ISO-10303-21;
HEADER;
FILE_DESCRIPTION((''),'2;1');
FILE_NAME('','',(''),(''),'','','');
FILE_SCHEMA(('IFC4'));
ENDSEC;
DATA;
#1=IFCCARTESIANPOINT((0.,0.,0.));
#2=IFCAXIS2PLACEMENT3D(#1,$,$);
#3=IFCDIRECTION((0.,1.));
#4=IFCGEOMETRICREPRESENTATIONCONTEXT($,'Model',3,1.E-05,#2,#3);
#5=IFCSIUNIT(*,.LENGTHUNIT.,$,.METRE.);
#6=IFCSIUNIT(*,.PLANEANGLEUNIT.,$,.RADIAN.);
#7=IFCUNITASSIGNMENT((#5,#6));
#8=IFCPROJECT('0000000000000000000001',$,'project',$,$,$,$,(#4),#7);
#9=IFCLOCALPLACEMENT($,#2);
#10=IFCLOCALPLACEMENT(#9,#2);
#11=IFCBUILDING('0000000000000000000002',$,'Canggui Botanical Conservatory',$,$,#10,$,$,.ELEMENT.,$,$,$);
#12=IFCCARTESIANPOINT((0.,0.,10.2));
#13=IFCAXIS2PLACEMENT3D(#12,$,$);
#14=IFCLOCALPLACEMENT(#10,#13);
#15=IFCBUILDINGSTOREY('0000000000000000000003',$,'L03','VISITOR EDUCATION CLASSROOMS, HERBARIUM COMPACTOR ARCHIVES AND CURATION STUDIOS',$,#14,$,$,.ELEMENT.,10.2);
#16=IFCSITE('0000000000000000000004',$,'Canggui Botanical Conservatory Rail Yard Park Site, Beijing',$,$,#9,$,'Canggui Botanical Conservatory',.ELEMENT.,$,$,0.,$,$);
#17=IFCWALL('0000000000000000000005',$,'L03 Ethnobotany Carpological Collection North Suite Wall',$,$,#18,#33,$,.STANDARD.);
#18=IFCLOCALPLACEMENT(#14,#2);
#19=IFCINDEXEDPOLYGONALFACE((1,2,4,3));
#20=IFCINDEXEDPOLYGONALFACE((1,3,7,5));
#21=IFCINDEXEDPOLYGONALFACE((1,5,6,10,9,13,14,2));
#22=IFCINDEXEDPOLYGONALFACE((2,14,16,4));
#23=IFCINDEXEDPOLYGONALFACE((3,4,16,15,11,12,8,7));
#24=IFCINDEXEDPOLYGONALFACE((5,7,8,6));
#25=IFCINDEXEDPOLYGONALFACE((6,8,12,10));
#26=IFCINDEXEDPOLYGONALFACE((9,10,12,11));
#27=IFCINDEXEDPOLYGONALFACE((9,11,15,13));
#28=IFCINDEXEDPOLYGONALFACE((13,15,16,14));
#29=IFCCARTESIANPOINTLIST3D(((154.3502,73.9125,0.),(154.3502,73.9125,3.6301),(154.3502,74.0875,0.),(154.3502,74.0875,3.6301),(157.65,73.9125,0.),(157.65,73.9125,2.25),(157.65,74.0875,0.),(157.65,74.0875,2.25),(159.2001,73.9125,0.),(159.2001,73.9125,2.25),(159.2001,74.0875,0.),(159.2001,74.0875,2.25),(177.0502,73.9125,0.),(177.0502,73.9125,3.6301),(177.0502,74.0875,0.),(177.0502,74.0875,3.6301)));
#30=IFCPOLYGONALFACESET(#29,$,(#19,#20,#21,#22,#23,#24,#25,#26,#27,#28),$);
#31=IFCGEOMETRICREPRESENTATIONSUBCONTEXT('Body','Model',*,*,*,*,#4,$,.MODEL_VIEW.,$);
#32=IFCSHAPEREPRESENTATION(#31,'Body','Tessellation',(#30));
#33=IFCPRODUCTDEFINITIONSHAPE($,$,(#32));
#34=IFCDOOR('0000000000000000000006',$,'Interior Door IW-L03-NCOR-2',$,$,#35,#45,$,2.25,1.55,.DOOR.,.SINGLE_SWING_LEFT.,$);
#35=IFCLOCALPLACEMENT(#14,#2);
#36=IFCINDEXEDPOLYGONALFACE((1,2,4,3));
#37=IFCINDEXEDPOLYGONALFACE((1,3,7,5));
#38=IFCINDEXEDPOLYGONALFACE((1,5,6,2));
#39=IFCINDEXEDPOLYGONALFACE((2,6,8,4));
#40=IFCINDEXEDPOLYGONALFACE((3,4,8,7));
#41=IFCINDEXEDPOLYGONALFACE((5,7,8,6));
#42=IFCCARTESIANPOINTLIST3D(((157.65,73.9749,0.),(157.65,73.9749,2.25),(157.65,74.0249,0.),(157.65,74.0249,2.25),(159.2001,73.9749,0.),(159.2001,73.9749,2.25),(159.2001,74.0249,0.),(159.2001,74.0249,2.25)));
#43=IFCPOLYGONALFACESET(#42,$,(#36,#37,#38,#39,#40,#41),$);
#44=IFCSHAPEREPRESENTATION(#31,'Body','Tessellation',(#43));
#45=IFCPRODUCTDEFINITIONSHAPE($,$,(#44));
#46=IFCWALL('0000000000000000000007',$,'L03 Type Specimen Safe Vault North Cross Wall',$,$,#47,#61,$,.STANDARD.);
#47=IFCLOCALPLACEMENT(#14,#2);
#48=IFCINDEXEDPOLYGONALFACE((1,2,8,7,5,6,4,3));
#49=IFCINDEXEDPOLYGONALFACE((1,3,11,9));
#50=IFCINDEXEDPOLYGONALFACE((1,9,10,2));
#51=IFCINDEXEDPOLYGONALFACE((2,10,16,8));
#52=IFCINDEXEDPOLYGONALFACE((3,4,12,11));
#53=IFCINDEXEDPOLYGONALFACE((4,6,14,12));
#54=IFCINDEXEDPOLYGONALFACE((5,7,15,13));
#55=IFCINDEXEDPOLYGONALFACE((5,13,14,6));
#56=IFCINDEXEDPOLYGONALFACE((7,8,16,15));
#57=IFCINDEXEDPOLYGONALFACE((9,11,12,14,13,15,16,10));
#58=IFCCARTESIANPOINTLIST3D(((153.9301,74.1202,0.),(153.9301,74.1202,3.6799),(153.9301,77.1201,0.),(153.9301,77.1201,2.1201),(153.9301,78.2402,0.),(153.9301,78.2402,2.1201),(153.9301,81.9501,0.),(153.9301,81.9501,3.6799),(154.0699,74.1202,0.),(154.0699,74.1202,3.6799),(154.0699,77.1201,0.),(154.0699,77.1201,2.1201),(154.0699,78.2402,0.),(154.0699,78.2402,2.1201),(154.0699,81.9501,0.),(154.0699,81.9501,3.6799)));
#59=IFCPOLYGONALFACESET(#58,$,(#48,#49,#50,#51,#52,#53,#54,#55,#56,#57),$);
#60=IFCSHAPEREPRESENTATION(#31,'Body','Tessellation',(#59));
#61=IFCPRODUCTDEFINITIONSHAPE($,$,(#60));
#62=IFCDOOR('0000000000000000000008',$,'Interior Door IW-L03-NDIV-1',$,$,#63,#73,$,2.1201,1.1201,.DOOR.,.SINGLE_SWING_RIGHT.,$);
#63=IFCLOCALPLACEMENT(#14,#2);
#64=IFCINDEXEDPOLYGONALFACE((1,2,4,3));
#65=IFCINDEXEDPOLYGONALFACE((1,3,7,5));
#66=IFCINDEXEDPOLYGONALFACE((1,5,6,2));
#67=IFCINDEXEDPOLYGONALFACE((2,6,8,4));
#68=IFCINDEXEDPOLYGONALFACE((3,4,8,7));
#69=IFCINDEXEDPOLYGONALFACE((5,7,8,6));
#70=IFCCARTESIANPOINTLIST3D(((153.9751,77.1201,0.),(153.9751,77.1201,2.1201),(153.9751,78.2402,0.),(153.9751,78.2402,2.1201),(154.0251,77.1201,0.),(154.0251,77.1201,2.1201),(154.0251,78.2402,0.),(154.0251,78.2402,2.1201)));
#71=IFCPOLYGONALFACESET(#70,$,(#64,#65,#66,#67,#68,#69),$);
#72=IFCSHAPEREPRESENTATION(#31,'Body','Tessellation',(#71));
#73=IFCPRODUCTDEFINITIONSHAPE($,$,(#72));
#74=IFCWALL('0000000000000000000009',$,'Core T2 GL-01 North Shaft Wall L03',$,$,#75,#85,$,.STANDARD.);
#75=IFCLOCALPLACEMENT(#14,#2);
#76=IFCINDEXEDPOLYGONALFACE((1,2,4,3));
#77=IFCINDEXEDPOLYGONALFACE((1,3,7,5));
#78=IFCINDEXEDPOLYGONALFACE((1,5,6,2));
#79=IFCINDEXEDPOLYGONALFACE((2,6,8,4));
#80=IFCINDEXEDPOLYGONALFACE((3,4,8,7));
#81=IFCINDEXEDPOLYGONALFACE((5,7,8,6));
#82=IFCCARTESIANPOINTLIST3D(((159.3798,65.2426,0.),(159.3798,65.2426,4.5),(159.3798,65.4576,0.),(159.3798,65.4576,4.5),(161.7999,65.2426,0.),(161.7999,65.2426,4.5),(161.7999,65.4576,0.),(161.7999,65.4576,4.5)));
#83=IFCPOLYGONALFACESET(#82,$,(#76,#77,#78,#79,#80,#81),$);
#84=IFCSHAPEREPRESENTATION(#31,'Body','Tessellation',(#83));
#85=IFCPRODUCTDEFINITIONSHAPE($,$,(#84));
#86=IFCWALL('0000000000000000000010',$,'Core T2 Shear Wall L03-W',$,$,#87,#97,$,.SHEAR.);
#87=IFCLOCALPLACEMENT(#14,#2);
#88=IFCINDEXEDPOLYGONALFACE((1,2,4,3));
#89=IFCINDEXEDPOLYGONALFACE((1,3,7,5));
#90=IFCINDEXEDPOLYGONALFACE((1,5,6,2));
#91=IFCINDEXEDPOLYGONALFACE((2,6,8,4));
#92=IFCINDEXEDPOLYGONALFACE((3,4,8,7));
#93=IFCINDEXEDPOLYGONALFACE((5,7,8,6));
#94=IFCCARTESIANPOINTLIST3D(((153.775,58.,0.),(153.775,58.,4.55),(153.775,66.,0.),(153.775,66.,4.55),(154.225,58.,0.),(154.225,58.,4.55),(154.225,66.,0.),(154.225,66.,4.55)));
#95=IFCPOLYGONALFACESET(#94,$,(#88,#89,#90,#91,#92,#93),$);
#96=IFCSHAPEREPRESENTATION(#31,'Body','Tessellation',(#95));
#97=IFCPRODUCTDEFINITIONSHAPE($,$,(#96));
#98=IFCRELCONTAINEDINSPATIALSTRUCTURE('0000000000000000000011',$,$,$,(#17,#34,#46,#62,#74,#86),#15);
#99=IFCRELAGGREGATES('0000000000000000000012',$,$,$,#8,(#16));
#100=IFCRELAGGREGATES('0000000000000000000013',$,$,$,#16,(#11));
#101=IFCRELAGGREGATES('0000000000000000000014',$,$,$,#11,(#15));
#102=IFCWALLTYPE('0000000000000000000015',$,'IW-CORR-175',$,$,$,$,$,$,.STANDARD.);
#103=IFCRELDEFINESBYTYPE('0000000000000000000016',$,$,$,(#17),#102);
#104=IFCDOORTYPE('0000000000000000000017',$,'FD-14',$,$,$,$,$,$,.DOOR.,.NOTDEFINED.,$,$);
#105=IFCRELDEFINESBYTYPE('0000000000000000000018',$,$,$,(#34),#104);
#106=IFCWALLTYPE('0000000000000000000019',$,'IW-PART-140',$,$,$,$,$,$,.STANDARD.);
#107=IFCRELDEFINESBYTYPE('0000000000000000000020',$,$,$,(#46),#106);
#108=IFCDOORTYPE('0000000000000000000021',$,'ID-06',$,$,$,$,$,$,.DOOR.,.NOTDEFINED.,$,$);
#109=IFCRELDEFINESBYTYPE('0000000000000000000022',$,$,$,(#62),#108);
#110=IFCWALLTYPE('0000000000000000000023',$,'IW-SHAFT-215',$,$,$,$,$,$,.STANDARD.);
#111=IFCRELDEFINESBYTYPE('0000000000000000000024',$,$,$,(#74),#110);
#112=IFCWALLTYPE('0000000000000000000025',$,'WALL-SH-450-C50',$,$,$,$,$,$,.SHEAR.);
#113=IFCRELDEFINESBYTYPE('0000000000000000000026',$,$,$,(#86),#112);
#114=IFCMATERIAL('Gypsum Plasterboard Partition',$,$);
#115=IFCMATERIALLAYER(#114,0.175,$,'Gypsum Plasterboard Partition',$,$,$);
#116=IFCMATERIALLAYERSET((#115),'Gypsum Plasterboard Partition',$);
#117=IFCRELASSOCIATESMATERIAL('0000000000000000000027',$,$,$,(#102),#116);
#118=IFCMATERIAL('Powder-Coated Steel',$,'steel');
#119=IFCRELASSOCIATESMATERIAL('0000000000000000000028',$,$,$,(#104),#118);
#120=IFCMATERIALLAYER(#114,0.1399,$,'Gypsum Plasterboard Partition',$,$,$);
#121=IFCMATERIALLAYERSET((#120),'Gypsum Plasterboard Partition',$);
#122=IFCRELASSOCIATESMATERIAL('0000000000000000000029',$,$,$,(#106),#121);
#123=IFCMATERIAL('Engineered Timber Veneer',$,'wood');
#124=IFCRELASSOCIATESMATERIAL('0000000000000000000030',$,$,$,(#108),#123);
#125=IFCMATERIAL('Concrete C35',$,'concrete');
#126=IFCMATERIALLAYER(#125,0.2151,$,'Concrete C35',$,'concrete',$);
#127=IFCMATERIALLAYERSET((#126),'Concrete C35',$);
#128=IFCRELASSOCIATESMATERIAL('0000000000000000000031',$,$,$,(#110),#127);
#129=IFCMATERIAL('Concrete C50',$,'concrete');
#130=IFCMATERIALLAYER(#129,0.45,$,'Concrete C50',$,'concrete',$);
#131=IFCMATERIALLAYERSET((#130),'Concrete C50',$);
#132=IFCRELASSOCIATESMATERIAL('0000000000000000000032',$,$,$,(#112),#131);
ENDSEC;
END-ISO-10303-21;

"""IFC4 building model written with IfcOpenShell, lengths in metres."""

from ifc_helpers import new_model, si_unit, direction, frame, frame_2d, origin, place, context, subcontext, project, spatial, rectangle, extrude, material, layer, layer_set, type_object, element, fill, save


model = new_model("IFC4")

# Units and contexts
model_context = context("Model", 3, precision=1e-05, world=origin(), true_north=direction((0.0, 1.0)))
body_context = subcontext(model_context, "Body", "Model", "MODEL_VIEW")
ifc_project = project(units=[si_unit("LENGTHUNIT", "METRE"), si_unit("PLANEANGLEUNIT", "RADIAN")], contexts=[model_context])

# Site, building, storey
site_placement = place(None, origin())
site = spatial("IfcSite", under=ifc_project, at=site_placement, Name="Canggui Botanical Conservatory Rail Yard Park Site, Beijing", LongName="Canggui Botanical Conservatory", CompositionType="ELEMENT", RefElevation=0.0)
building_placement = place(site_placement, origin())
building = spatial("IfcBuilding", under=site, at=building_placement, Name="Canggui Botanical Conservatory", CompositionType="ELEMENT")
storey_placement = place(building_placement, frame((0.0, 0.0, 10.2)))
storey = spatial("IfcBuildingStorey", under=building, at=storey_placement, Name="L03", Description="VISITOR EDUCATION CLASSROOMS, HERBARIUM COMPACTOR ARCHIVES AND CURATION STUDIOS", CompositionType="ELEMENT", Elevation=10.2)

# Shared definitions
ifc_material_1 = material(Name="Concrete C50", Category="concrete")

# Shared definitions
ifc_material_2 = material(Name="Concrete C35", Category="concrete")

# Walls, openings, doors
ifc_material_3 = material(Name="Gypsum Plasterboard Partition")
ifc_layer_1 = layer(ifc_material_3, 0.175, Name="Gypsum Plasterboard Partition")
ifc_layer_set_1 = layer_set([ifc_layer_1], Name="Gypsum Plasterboard Partition")
wall_type_1 = type_object("IfcWallType", Name="IW-CORR-175", PredefinedType="STANDARD", material=ifc_layer_set_1)
wall_1_placement = place(storey_placement, frame((154.3501, 74.0, 0.0), z_axis=(0.0, 0.0, 1.0), x_axis=(1.0, 0.0, 0.0)))
wall_1 = element("IfcWall", 1, at=wall_1_placement, inside=storey, type_object=wall_type_1, Name="L03 Ethnobotany Carpological Collection North Suite Wall", PredefinedType="STANDARD", context=body_context, shape_type="SweptSolid", body=[
    extrude(rectangle(XDim=22.7, YDim=0.175, at=frame_2d((11.3501, 0.0))), origin(), (0.0, 0.0, 1.0), 3.6301),
])
opening_1_placement = place(wall_1_placement, frame((3.3, 0.0, 0.0)))
opening_1 = element("IfcOpeningElement", 2, at=opening_1_placement, cuts=wall_1, PredefinedType="OPENING", context=body_context, shape_type="SweptSolid", body=[
    extrude(rectangle(XDim=1.55, YDim=2.25, at=frame_2d((0.7749, 1.125))), frame((0.0, 0.0977, 0.0), z_axis=(0.0, -1.0, 0.0), x_axis=(1.0, 0.0, 0.0)), (0.0, 0.0, 1.0), 0.1951),
])
ifc_material_4 = material(Name="Powder-Coated Steel", Category="steel")
door_type_1 = type_object("IfcDoorType", Name="FD-14", OperationType="NOTDEFINED", PredefinedType="DOOR", material=ifc_material_4)
door_1_placement = place(opening_1_placement, origin())
door_1 = element("IfcDoor", 3, at=door_1_placement, inside=storey, type_object=door_type_1, Name="Interior Door IW-L03-NCOR-2", OperationType="SINGLE_SWING_LEFT", OverallHeight=2.25, OverallWidth=1.55, PredefinedType="DOOR", context=body_context, shape_type="SweptSolid", body=[
    extrude(rectangle(XDim=1.55, YDim=2.25, at=frame_2d((0.7749, 1.125))), frame((0.0, 0.0249, 0.0), z_axis=(0.0, -1.0, 0.0), x_axis=(1.0, 0.0, 0.0)), (0.0, 0.0, 1.0), 0.05),
])
fill(opening_1, door_1)
ifc_layer_2 = layer(ifc_material_3, 0.1399, Name="Gypsum Plasterboard Partition")
ifc_layer_set_2 = layer_set([ifc_layer_2], Name="Gypsum Plasterboard Partition")
wall_type_2 = type_object("IfcWallType", Name="IW-PART-140", PredefinedType="STANDARD", material=ifc_layer_set_2)
wall_2_placement = place(storey_placement, frame((154.0, 74.1201, 0.0), z_axis=(0.0, 0.0, 1.0), x_axis=(0.0, 1.0, 0.0)))
wall_2 = element("IfcWall", 4, at=wall_2_placement, inside=storey, type_object=wall_type_2, Name="L03 Type Specimen Safe Vault North Cross Wall", PredefinedType="STANDARD", context=body_context, shape_type="SweptSolid", body=[
    extrude(rectangle(XDim=7.8298, YDim=0.1399, at=frame_2d((3.915, 0.0))), origin(), (0.0, 0.0, 1.0), 3.6799),
])
opening_2_placement = place(wall_2_placement, frame((3.0, 0.0, 0.0)))
opening_2 = element("IfcOpeningElement", 5, at=opening_2_placement, cuts=wall_2, PredefinedType="OPENING", context=body_context, shape_type="SweptSolid", body=[
    extrude(rectangle(XDim=1.1201, YDim=2.1201, at=frame_2d((0.5601, 1.0601))), frame((0.0, 0.0801, 0.0), z_axis=(0.0, -1.0, 0.0), x_axis=(1.0, 0.0, 0.0)), (0.0, 0.0, 1.0), 0.1599),
])
ifc_material_5 = material(Name="Engineered Timber Veneer", Category="wood")
door_type_2 = type_object("IfcDoorType", Name="ID-06", OperationType="NOTDEFINED", PredefinedType="DOOR", material=ifc_material_5)
door_2_placement = place(opening_2_placement, origin())
door_2 = element("IfcDoor", 6, at=door_2_placement, inside=storey, type_object=door_type_2, Name="Interior Door IW-L03-NDIV-1", OperationType="SINGLE_SWING_RIGHT", OverallHeight=2.1201, OverallWidth=1.1201, PredefinedType="DOOR", context=body_context, shape_type="SweptSolid", body=[
    extrude(rectangle(XDim=1.1201, YDim=2.1201, at=frame_2d((0.5601, 1.0601))), frame((0.0, 0.0249, 0.0), z_axis=(0.0, -1.0, 0.0), x_axis=(1.0, 0.0, 0.0)), (0.0, 0.0, 1.0), 0.05),
])
fill(opening_2, door_2)

# Walls
ifc_layer_3 = layer(ifc_material_2, 0.2151, Name="Concrete C35", Category="concrete")
ifc_layer_set_3 = layer_set([ifc_layer_3], Name="Concrete C35")
wall_type_3 = type_object("IfcWallType", Name="IW-SHAFT-215", PredefinedType="STANDARD", material=ifc_layer_set_3)
wall_3_placement = place(storey_placement, frame((159.3799, 65.3501, 0.0), z_axis=(0.0, 0.0, 1.0), x_axis=(1.0, 0.0, 0.0)))
element("IfcWall", 7, at=wall_3_placement, inside=storey, type_object=wall_type_3, Name="Core T2 GL-01 North Shaft Wall L03", PredefinedType="STANDARD", context=body_context, shape_type="SweptSolid", body=[
    extrude(rectangle(XDim=2.4202, YDim=0.2151, at=frame_2d((1.21, 0.0))), origin(), (0.0, 0.0, 1.0), 4.5),
])
ifc_layer_4 = layer(ifc_material_1, 0.45, Name="Concrete C50", Category="concrete")
ifc_layer_set_4 = layer_set([ifc_layer_4], Name="Concrete C50")
wall_type_4 = type_object("IfcWallType", Name="WALL-SH-450-C50", PredefinedType="SHEAR", material=ifc_layer_set_4)
wall_4_placement = place(storey_placement, frame((154.0, 66.0, 0.0), z_axis=(0.0, 0.0, 1.0), x_axis=(0.0, -1.0, 0.0)))
element("IfcWall", 8, at=wall_4_placement, inside=storey, type_object=wall_type_4, Name="Core T2 Shear Wall L03-W", PredefinedType="SHEAR", context=body_context, shape_type="SweptSolid", body=[
    extrude(rectangle(XDim=8.0, YDim=0.45, at=frame_2d((4.0, 0.0))), origin(), (0.0, 0.0, 1.0), 4.55),
])

save(model, "model.ifc")
